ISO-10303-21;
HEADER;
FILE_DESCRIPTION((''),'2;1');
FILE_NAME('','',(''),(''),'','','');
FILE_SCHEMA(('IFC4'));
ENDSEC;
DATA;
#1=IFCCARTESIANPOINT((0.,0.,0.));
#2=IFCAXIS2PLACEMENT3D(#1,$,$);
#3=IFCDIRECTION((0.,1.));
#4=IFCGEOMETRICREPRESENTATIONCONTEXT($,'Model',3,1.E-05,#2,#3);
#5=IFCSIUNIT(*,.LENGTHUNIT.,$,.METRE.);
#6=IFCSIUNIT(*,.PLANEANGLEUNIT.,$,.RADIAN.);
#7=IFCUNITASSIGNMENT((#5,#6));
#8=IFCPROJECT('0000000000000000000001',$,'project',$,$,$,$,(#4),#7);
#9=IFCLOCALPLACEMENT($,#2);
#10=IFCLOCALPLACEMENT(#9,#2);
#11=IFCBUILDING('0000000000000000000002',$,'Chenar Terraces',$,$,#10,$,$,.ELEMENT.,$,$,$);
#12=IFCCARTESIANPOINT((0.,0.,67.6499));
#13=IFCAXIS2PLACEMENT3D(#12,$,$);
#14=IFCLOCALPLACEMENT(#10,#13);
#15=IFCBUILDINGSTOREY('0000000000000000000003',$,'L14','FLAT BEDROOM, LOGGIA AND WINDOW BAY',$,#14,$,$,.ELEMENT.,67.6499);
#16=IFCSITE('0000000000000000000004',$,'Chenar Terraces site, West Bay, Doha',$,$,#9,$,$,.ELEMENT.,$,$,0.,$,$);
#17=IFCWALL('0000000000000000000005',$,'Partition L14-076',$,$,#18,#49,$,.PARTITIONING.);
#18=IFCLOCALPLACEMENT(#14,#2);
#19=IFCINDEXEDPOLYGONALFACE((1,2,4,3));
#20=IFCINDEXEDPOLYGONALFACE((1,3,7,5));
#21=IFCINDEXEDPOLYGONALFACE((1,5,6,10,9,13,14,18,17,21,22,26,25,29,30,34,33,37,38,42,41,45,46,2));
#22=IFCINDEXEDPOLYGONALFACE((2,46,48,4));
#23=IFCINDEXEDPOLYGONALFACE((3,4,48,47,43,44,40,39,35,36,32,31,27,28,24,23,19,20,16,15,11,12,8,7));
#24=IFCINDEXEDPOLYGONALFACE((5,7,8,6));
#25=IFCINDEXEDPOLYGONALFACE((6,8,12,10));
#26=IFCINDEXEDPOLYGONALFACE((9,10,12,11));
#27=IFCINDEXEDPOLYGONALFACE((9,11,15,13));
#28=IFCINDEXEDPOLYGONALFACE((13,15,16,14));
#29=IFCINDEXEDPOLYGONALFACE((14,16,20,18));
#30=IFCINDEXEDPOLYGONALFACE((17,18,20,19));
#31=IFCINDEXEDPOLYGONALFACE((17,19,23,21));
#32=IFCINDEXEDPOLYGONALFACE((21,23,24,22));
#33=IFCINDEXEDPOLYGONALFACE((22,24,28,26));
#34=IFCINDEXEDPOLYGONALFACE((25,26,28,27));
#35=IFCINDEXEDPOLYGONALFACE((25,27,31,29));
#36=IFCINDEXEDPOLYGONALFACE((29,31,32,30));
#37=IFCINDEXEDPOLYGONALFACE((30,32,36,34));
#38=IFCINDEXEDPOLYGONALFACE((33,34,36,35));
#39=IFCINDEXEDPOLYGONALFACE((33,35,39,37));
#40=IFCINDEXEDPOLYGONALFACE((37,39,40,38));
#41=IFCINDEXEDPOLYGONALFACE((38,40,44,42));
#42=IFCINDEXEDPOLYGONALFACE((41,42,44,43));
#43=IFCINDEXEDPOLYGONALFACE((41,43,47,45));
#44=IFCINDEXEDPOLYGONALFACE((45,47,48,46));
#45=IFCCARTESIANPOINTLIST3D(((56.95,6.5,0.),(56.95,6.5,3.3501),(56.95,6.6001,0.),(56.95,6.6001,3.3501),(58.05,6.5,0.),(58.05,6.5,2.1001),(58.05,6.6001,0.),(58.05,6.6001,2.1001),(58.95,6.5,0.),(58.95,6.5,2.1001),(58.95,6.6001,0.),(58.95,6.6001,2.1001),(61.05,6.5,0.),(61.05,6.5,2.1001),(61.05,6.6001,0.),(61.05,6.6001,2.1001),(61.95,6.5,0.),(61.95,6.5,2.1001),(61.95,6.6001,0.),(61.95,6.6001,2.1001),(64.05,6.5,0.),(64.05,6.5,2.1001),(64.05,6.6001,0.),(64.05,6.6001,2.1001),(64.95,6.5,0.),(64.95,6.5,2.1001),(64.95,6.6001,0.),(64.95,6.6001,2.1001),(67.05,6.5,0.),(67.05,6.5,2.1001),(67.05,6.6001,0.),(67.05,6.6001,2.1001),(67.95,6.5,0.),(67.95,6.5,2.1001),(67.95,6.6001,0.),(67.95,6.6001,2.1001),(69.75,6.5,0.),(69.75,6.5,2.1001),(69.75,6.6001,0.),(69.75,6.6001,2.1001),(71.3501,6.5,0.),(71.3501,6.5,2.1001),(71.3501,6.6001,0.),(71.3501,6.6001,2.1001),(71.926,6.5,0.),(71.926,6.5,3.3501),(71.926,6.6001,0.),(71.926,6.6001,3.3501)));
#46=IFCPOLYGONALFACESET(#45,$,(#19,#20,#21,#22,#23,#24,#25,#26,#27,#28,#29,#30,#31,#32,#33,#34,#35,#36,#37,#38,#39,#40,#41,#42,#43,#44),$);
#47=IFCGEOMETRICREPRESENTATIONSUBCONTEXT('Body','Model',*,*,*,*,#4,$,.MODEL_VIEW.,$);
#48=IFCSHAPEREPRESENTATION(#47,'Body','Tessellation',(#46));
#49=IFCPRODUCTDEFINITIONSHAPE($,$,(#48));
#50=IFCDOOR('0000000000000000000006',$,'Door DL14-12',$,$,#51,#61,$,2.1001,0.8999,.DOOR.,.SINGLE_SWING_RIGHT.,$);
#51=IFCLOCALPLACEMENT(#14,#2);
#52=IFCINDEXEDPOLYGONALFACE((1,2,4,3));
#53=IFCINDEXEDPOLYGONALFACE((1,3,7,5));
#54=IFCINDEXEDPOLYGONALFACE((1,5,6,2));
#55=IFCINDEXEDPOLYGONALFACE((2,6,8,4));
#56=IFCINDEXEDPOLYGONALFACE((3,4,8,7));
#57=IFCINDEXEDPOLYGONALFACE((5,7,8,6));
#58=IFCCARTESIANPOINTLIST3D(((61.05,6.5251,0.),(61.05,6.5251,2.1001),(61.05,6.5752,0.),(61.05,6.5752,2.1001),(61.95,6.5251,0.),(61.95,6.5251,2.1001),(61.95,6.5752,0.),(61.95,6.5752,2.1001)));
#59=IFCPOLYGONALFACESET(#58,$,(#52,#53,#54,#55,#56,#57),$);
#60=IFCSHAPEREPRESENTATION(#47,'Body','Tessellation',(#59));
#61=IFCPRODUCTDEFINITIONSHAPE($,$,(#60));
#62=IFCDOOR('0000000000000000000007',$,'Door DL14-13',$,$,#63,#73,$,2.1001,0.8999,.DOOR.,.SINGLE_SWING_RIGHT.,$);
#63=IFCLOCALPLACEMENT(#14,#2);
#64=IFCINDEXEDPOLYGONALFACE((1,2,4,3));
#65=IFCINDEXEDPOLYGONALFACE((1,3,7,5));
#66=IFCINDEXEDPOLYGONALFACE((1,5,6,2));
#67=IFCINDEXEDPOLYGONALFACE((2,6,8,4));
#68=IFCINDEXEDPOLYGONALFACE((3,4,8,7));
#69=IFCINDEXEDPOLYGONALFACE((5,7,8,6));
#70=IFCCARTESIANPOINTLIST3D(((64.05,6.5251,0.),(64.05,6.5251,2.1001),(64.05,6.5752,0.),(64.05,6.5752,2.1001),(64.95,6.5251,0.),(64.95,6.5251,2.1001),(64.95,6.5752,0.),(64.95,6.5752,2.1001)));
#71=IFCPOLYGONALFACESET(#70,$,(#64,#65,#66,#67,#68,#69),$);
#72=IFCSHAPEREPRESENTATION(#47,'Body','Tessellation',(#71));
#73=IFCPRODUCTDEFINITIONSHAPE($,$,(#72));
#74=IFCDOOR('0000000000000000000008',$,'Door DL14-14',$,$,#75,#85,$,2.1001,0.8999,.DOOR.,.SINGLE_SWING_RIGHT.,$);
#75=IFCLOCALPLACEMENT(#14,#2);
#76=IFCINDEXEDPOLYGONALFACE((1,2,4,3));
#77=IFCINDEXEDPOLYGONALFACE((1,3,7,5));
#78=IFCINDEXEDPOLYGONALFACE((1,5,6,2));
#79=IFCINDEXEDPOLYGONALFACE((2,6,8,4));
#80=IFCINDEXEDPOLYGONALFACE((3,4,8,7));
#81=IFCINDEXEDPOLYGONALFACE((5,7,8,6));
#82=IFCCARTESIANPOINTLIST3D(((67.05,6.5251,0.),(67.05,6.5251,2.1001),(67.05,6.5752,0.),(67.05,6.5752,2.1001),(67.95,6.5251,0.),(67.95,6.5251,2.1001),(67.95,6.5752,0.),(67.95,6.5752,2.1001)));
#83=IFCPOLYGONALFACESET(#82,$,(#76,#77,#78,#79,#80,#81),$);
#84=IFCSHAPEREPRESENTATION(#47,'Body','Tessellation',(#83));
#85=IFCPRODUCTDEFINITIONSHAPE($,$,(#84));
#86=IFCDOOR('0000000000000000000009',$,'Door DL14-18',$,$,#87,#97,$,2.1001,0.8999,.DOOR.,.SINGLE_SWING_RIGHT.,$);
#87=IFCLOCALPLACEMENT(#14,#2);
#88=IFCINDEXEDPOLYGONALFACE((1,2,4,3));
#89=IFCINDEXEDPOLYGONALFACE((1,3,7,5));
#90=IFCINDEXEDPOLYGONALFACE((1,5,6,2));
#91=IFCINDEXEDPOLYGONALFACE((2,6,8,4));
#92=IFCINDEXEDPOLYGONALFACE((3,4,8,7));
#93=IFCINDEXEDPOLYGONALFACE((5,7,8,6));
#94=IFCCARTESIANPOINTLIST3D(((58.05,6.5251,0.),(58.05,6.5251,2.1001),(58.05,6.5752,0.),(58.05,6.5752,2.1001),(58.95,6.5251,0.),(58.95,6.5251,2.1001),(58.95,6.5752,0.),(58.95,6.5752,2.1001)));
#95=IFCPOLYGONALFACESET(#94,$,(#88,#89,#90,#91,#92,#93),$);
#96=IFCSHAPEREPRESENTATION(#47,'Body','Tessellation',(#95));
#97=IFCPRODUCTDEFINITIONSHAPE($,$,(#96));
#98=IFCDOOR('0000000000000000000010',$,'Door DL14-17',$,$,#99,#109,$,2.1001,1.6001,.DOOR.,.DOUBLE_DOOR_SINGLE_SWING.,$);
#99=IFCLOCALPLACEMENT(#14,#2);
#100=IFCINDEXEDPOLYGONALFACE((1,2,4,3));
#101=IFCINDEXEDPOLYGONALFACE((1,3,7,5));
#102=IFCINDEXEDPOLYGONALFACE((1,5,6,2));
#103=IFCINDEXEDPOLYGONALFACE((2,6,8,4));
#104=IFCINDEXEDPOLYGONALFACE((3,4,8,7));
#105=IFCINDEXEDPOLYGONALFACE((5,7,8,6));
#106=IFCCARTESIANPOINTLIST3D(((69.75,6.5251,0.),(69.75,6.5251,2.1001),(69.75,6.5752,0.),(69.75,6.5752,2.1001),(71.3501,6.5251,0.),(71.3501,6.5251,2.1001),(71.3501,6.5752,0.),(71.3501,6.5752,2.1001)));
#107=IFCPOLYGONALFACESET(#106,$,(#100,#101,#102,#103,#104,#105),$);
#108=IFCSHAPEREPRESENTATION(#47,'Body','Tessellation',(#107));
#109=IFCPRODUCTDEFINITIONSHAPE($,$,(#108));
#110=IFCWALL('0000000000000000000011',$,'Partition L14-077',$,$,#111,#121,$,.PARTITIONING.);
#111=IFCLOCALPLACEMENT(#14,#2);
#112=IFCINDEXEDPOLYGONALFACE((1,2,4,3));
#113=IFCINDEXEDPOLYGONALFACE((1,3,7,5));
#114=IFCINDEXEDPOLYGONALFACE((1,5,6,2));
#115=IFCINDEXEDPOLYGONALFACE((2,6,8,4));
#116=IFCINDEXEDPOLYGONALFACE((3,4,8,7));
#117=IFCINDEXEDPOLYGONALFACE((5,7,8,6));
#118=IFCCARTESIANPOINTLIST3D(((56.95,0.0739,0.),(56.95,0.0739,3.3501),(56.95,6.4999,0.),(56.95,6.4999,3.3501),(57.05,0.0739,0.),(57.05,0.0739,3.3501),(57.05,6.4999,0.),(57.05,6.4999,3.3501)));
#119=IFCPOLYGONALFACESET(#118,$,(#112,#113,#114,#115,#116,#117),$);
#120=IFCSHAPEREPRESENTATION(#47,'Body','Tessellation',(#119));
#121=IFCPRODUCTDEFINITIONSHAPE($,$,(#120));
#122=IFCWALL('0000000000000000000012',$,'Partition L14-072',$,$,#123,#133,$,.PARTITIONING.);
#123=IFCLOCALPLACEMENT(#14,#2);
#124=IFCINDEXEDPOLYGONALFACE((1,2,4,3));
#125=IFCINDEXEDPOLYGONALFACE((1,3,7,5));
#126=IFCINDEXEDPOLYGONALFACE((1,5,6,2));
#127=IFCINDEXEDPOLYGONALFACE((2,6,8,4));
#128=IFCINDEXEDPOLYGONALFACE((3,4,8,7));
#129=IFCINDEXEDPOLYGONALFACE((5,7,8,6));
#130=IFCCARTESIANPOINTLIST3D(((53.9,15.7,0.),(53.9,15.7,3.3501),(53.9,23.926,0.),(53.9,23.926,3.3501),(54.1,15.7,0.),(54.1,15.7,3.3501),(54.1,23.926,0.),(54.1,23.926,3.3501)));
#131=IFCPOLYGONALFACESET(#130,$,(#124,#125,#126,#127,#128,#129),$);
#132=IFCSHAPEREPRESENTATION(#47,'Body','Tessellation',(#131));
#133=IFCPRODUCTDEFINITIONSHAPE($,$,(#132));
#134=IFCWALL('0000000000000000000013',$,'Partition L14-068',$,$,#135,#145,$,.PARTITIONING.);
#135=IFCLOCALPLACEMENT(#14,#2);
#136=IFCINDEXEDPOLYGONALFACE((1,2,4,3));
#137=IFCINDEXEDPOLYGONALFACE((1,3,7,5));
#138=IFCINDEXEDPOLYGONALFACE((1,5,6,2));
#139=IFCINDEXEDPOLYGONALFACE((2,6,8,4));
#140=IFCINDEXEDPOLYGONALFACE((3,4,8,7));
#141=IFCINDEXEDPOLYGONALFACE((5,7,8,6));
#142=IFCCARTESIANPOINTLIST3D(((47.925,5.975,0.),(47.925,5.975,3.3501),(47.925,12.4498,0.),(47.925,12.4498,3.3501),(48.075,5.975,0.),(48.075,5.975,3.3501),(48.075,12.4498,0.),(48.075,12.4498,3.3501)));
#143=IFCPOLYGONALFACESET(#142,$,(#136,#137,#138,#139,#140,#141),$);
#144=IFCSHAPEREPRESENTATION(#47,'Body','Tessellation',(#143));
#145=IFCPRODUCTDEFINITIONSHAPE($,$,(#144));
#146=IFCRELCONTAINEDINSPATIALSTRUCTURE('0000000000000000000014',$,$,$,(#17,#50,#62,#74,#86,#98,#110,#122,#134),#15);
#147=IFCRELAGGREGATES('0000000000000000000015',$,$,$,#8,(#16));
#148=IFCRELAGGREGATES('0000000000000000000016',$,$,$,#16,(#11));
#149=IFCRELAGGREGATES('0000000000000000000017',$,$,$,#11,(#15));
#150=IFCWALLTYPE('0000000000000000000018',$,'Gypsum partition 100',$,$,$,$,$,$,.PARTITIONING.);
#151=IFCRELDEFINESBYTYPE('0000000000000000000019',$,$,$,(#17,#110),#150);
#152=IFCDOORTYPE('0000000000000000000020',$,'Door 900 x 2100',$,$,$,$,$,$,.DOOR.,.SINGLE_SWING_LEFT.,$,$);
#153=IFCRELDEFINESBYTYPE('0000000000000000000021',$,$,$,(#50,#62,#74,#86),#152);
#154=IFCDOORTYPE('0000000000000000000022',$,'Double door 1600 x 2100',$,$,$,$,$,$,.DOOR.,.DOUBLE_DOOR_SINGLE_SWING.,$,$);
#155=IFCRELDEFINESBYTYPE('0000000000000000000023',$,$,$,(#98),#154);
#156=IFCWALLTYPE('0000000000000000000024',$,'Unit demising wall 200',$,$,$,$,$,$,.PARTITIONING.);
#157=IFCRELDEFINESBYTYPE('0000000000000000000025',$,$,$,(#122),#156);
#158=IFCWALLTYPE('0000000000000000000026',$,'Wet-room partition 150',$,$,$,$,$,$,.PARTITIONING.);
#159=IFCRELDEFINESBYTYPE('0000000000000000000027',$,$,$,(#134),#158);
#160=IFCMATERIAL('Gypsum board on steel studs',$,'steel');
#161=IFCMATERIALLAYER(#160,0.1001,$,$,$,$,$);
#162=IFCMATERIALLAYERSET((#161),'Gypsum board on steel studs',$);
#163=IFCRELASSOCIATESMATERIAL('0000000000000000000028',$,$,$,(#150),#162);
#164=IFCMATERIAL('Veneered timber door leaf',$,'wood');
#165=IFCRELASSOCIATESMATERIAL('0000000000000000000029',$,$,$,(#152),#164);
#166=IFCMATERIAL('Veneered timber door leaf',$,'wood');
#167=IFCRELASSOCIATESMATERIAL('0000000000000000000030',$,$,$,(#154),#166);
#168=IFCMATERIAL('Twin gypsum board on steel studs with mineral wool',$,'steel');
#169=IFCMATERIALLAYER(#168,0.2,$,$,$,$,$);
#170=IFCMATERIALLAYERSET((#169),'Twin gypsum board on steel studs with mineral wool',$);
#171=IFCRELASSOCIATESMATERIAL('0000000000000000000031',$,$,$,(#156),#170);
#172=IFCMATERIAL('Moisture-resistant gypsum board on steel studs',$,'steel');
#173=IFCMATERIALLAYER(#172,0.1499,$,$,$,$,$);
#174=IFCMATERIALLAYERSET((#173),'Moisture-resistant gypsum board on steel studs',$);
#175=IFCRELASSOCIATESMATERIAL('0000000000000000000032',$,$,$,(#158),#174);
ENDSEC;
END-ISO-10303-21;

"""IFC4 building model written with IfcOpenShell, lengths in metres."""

from ifc_helpers import new_model, si_unit, direction, frame, frame_2d, origin, place, context, subcontext, project, spatial, rectangle, extrude, material, layer, layer_set, type_object, element, fill, save


model = new_model("IFC4")

# Units and contexts
model_context = context("Model", 3, precision=1e-05, world=origin(), true_north=direction((0.0, 1.0)))
body_context = subcontext(model_context, "Body", "Model", "MODEL_VIEW")
ifc_project = project(units=[si_unit("LENGTHUNIT", "METRE"), si_unit("PLANEANGLEUNIT", "RADIAN")], contexts=[model_context])

# Site, building, storey
site_placement = place(None, origin())
site = spatial("IfcSite", under=ifc_project, at=site_placement, Name="Chenar Terraces site, West Bay, Doha", CompositionType="ELEMENT", RefElevation=0.0)
building_placement = place(site_placement, origin())
building = spatial("IfcBuilding", under=site, at=building_placement, Name="Chenar Terraces", CompositionType="ELEMENT")
storey_placement = place(building_placement, frame((0.0, 0.0, 67.6499)))
storey = spatial("IfcBuildingStorey", under=building, at=storey_placement, Name="L14", Description="FLAT BEDROOM, LOGGIA AND WINDOW BAY", CompositionType="ELEMENT", Elevation=67.6499)

# Wall, openings, doors
ifc_material_1 = material(Name="Gypsum board on steel studs", Category="steel")
ifc_layer_1 = layer(ifc_material_1, 0.1001)
ifc_layer_set_1 = layer_set([ifc_layer_1], Name="Gypsum board on steel studs")
wall_type_1 = type_object("IfcWallType", Name="Gypsum partition 100", PredefinedType="PARTITIONING", material=ifc_layer_set_1)
wall_1_placement = place(storey_placement, frame((56.95, 6.55, 0.0), z_axis=(0.0, 0.0, 1.0), x_axis=(1.0, 0.0, 0.0)))
wall_1 = element("IfcWall", 1, at=wall_1_placement, inside=storey, type_object=wall_type_1, Name="Partition L14-076", PredefinedType="PARTITIONING", context=body_context, shape_type="SweptSolid", body=[
    extrude(rectangle(XDim=14.9761, YDim=0.1001, at=frame_2d((7.488, 0.0))), origin(), (0.0, 0.0, 1.0), 3.3501),
])
opening_1_placement = place(wall_1_placement, frame((4.1001, 0.0, 0.0)))
opening_1 = element("IfcOpeningElement", 2, at=opening_1_placement, cuts=wall_1, PredefinedType="OPENING", context=body_context, shape_type="SweptSolid", body=[
    extrude(rectangle(XDim=0.8999, YDim=2.1001, at=frame_2d((0.45, 1.05))), frame((0.0, 0.0601, 0.0), z_axis=(0.0, -1.0, 0.0), x_axis=(1.0, 0.0, 0.0)), (0.0, 0.0, 1.0), 0.1201),
])
opening_2_placement = place(wall_1_placement, frame((7.1001, 0.0, 0.0)))
opening_2 = element("IfcOpeningElement", 3, at=opening_2_placement, cuts=wall_1, PredefinedType="OPENING", context=body_context, shape_type="SweptSolid", body=[
    extrude(rectangle(XDim=0.8999, YDim=2.1001, at=frame_2d((0.45, 1.05))), frame((0.0, 0.0601, 0.0), z_axis=(0.0, -1.0, 0.0), x_axis=(1.0, 0.0, 0.0)), (0.0, 0.0, 1.0), 0.1201),
])
opening_3_placement = place(wall_1_placement, frame((10.1001, 0.0, 0.0)))
opening_3 = element("IfcOpeningElement", 4, at=opening_3_placement, cuts=wall_1, PredefinedType="OPENING", context=body_context, shape_type="SweptSolid", body=[
    extrude(rectangle(XDim=0.8999, YDim=2.1001, at=frame_2d((0.45, 1.05))), frame((0.0, 0.0601, 0.0), z_axis=(0.0, -1.0, 0.0), x_axis=(1.0, 0.0, 0.0)), (0.0, 0.0, 1.0), 0.1201),
])
opening_4_placement = place(wall_1_placement, frame((12.8, 0.0, 0.0)))
opening_4 = element("IfcOpeningElement", 5, at=opening_4_placement, cuts=wall_1, PredefinedType="OPENING", context=body_context, shape_type="SweptSolid", body=[
    extrude(rectangle(XDim=1.6001, YDim=2.1001, at=frame_2d((0.8, 1.05))), frame((0.0, 0.0601, 0.0), z_axis=(0.0, -1.0, 0.0), x_axis=(1.0, 0.0, 0.0)), (0.0, 0.0, 1.0), 0.1201),
])
opening_5_placement = place(wall_1_placement, frame((1.1001, 0.0, 0.0)))
opening_5 = element("IfcOpeningElement", 6, at=opening_5_placement, cuts=wall_1, PredefinedType="OPENING", context=body_context, shape_type="SweptSolid", body=[
    extrude(rectangle(XDim=0.8999, YDim=2.1001, at=frame_2d((0.45, 1.05))), frame((0.0, 0.0601, 0.0), z_axis=(0.0, -1.0, 0.0), x_axis=(1.0, 0.0, 0.0)), (0.0, 0.0, 1.0), 0.1201),
])
ifc_material_2 = material(Name="Veneered timber door leaf", Category="wood")
door_type_1 = type_object("IfcDoorType", Name="Door 900 x 2100", OperationType="SINGLE_SWING_LEFT", PredefinedType="DOOR", material=ifc_material_2)
door_1_placement = place(opening_1_placement, frame((0.8999, 0.0, 0.0), z_axis=(0.0, 0.0, 1.0), x_axis=(-1.0, 0.0, 0.0)))
door_1 = element("IfcDoor", 7, at=door_1_placement, inside=storey, type_object=door_type_1, Name="Door DL14-12", OperationType="SINGLE_SWING_RIGHT", OverallHeight=2.1001, OverallWidth=0.8999, PredefinedType="DOOR", context=body_context, shape_type="SweptSolid", body=[
    extrude(rectangle(XDim=0.8999, YDim=2.1001, at=frame_2d((0.45, 1.05))), frame((0.0, 0.0249, 0.0), z_axis=(0.0, -1.0, 0.0), x_axis=(1.0, 0.0, 0.0)), (0.0, 0.0, 1.0), 0.05),
])
fill(opening_1, door_1)
door_2_placement = place(opening_2_placement, frame((0.8999, 0.0, 0.0), z_axis=(0.0, 0.0, 1.0), x_axis=(-1.0, 0.0, 0.0)))
door_2 = element("IfcDoor", 8, at=door_2_placement, inside=storey, type_object=door_type_1, Name="Door DL14-13", OperationType="SINGLE_SWING_RIGHT", OverallHeight=2.1001, OverallWidth=0.8999, PredefinedType="DOOR", context=body_context, shape_type="SweptSolid", body=[
    extrude(rectangle(XDim=0.8999, YDim=2.1001, at=frame_2d((0.45, 1.05))), frame((0.0, 0.0249, 0.0), z_axis=(0.0, -1.0, 0.0), x_axis=(1.0, 0.0, 0.0)), (0.0, 0.0, 1.0), 0.05),
])
fill(opening_2, door_2)
door_3_placement = place(opening_3_placement, frame((0.8999, 0.0, 0.0), z_axis=(0.0, 0.0, 1.0), x_axis=(-1.0, 0.0, 0.0)))
door_3 = element("IfcDoor", 9, at=door_3_placement, inside=storey, type_object=door_type_1, Name="Door DL14-14", OperationType="SINGLE_SWING_RIGHT", OverallHeight=2.1001, OverallWidth=0.8999, PredefinedType="DOOR", context=body_context, shape_type="SweptSolid", body=[
    extrude(rectangle(XDim=0.8999, YDim=2.1001, at=frame_2d((0.45, 1.05))), frame((0.0, 0.0249, 0.0), z_axis=(0.0, -1.0, 0.0), x_axis=(1.0, 0.0, 0.0)), (0.0, 0.0, 1.0), 0.05),
])
fill(opening_3, door_3)
door_4_placement = place(opening_5_placement, frame((0.8999, 0.0, 0.0), z_axis=(0.0, 0.0, 1.0), x_axis=(-1.0, 0.0, 0.0)))
door_4 = element("IfcDoor", 10, at=door_4_placement, inside=storey, type_object=door_type_1, Name="Door DL14-18", OperationType="SINGLE_SWING_RIGHT", OverallHeight=2.1001, OverallWidth=0.8999, PredefinedType="DOOR", context=body_context, shape_type="SweptSolid", body=[
    extrude(rectangle(XDim=0.8999, YDim=2.1001, at=frame_2d((0.45, 1.05))), frame((0.0, 0.0249, 0.0), z_axis=(0.0, -1.0, 0.0), x_axis=(1.0, 0.0, 0.0)), (0.0, 0.0, 1.0), 0.05),
])
fill(opening_5, door_4)
ifc_material_3 = material(Name="Veneered timber door leaf", Category="wood")
door_type_2 = type_object("IfcDoorType", Name="Double door 1600 x 2100", OperationType="DOUBLE_DOOR_SINGLE_SWING", PredefinedType="DOOR", material=ifc_material_3)
door_5_placement = place(opening_4_placement, frame((1.6001, 0.0, 0.0), z_axis=(0.0, 0.0, 1.0), x_axis=(-1.0, 0.0, 0.0)))
door_5 = element("IfcDoor", 11, at=door_5_placement, inside=storey, type_object=door_type_2, Name="Door DL14-17", OperationType="DOUBLE_DOOR_SINGLE_SWING", OverallHeight=2.1001, OverallWidth=1.6001, PredefinedType="DOOR", context=body_context, shape_type="SweptSolid", body=[
    extrude(rectangle(XDim=1.6001, YDim=2.1001, at=frame_2d((0.8, 1.05))), frame((0.0, 0.0249, 0.0), z_axis=(0.0, -1.0, 0.0), x_axis=(1.0, 0.0, 0.0)), (0.0, 0.0, 1.0), 0.05),
])
fill(opening_4, door_5)

# Walls
wall_2_placement = place(storey_placement, frame((57.0, 0.074, 0.0), z_axis=(0.0, 0.0, 1.0), x_axis=(0.0, 1.0, 0.0)))
element("IfcWall", 12, at=wall_2_placement, inside=storey, type_object=wall_type_1, Name="Partition L14-077", PredefinedType="PARTITIONING", context=body_context, shape_type="SweptSolid", body=[
    extrude(rectangle(XDim=6.426, YDim=0.1001, at=frame_2d((3.2129, 0.0))), origin(), (0.0, 0.0, 1.0), 3.3501),
])
ifc_material_4 = material(Name="Twin gypsum board on steel studs with mineral wool", Category="steel")
ifc_layer_2 = layer(ifc_material_4, 0.2)
ifc_layer_set_2 = layer_set([ifc_layer_2], Name="Twin gypsum board on steel studs with mineral wool")
wall_type_2 = type_object("IfcWallType", Name="Unit demising wall 200", PredefinedType="PARTITIONING", material=ifc_layer_set_2)
wall_3_placement = place(storey_placement, frame((54.0, 15.7, 0.0), z_axis=(0.0, 0.0, 1.0), x_axis=(0.0, 1.0, 0.0)))
element("IfcWall", 13, at=wall_3_placement, inside=storey, type_object=wall_type_2, Name="Partition L14-072", PredefinedType="PARTITIONING", context=body_context, shape_type="SweptSolid", body=[
    extrude(rectangle(XDim=8.2261, YDim=0.2, at=frame_2d((4.113, 0.0))), origin(), (0.0, 0.0, 1.0), 3.3501),
])
ifc_material_5 = material(Name="Moisture-resistant gypsum board on steel studs", Category="steel")
ifc_layer_3 = layer(ifc_material_5, 0.1499)
ifc_layer_set_3 = layer_set([ifc_layer_3], Name="Moisture-resistant gypsum board on steel studs")
wall_type_3 = type_object("IfcWallType", Name="Wet-room partition 150", PredefinedType="PARTITIONING", material=ifc_layer_set_3)
wall_4_placement = place(storey_placement, frame((48.0, 5.9751, 0.0), z_axis=(0.0, 0.0, 1.0), x_axis=(0.0, 1.0, 0.0)))
element("IfcWall", 14, at=wall_4_placement, inside=storey, type_object=wall_type_3, Name="Partition L14-068", PredefinedType="PARTITIONING", context=body_context, shape_type="SweptSolid", body=[
    extrude(rectangle(XDim=6.4749, YDim=0.1499, at=frame_2d((3.2373, 0.0))), origin(), (0.0, 0.0, 1.0), 3.3501),
])

save(model, "model.ifc")
